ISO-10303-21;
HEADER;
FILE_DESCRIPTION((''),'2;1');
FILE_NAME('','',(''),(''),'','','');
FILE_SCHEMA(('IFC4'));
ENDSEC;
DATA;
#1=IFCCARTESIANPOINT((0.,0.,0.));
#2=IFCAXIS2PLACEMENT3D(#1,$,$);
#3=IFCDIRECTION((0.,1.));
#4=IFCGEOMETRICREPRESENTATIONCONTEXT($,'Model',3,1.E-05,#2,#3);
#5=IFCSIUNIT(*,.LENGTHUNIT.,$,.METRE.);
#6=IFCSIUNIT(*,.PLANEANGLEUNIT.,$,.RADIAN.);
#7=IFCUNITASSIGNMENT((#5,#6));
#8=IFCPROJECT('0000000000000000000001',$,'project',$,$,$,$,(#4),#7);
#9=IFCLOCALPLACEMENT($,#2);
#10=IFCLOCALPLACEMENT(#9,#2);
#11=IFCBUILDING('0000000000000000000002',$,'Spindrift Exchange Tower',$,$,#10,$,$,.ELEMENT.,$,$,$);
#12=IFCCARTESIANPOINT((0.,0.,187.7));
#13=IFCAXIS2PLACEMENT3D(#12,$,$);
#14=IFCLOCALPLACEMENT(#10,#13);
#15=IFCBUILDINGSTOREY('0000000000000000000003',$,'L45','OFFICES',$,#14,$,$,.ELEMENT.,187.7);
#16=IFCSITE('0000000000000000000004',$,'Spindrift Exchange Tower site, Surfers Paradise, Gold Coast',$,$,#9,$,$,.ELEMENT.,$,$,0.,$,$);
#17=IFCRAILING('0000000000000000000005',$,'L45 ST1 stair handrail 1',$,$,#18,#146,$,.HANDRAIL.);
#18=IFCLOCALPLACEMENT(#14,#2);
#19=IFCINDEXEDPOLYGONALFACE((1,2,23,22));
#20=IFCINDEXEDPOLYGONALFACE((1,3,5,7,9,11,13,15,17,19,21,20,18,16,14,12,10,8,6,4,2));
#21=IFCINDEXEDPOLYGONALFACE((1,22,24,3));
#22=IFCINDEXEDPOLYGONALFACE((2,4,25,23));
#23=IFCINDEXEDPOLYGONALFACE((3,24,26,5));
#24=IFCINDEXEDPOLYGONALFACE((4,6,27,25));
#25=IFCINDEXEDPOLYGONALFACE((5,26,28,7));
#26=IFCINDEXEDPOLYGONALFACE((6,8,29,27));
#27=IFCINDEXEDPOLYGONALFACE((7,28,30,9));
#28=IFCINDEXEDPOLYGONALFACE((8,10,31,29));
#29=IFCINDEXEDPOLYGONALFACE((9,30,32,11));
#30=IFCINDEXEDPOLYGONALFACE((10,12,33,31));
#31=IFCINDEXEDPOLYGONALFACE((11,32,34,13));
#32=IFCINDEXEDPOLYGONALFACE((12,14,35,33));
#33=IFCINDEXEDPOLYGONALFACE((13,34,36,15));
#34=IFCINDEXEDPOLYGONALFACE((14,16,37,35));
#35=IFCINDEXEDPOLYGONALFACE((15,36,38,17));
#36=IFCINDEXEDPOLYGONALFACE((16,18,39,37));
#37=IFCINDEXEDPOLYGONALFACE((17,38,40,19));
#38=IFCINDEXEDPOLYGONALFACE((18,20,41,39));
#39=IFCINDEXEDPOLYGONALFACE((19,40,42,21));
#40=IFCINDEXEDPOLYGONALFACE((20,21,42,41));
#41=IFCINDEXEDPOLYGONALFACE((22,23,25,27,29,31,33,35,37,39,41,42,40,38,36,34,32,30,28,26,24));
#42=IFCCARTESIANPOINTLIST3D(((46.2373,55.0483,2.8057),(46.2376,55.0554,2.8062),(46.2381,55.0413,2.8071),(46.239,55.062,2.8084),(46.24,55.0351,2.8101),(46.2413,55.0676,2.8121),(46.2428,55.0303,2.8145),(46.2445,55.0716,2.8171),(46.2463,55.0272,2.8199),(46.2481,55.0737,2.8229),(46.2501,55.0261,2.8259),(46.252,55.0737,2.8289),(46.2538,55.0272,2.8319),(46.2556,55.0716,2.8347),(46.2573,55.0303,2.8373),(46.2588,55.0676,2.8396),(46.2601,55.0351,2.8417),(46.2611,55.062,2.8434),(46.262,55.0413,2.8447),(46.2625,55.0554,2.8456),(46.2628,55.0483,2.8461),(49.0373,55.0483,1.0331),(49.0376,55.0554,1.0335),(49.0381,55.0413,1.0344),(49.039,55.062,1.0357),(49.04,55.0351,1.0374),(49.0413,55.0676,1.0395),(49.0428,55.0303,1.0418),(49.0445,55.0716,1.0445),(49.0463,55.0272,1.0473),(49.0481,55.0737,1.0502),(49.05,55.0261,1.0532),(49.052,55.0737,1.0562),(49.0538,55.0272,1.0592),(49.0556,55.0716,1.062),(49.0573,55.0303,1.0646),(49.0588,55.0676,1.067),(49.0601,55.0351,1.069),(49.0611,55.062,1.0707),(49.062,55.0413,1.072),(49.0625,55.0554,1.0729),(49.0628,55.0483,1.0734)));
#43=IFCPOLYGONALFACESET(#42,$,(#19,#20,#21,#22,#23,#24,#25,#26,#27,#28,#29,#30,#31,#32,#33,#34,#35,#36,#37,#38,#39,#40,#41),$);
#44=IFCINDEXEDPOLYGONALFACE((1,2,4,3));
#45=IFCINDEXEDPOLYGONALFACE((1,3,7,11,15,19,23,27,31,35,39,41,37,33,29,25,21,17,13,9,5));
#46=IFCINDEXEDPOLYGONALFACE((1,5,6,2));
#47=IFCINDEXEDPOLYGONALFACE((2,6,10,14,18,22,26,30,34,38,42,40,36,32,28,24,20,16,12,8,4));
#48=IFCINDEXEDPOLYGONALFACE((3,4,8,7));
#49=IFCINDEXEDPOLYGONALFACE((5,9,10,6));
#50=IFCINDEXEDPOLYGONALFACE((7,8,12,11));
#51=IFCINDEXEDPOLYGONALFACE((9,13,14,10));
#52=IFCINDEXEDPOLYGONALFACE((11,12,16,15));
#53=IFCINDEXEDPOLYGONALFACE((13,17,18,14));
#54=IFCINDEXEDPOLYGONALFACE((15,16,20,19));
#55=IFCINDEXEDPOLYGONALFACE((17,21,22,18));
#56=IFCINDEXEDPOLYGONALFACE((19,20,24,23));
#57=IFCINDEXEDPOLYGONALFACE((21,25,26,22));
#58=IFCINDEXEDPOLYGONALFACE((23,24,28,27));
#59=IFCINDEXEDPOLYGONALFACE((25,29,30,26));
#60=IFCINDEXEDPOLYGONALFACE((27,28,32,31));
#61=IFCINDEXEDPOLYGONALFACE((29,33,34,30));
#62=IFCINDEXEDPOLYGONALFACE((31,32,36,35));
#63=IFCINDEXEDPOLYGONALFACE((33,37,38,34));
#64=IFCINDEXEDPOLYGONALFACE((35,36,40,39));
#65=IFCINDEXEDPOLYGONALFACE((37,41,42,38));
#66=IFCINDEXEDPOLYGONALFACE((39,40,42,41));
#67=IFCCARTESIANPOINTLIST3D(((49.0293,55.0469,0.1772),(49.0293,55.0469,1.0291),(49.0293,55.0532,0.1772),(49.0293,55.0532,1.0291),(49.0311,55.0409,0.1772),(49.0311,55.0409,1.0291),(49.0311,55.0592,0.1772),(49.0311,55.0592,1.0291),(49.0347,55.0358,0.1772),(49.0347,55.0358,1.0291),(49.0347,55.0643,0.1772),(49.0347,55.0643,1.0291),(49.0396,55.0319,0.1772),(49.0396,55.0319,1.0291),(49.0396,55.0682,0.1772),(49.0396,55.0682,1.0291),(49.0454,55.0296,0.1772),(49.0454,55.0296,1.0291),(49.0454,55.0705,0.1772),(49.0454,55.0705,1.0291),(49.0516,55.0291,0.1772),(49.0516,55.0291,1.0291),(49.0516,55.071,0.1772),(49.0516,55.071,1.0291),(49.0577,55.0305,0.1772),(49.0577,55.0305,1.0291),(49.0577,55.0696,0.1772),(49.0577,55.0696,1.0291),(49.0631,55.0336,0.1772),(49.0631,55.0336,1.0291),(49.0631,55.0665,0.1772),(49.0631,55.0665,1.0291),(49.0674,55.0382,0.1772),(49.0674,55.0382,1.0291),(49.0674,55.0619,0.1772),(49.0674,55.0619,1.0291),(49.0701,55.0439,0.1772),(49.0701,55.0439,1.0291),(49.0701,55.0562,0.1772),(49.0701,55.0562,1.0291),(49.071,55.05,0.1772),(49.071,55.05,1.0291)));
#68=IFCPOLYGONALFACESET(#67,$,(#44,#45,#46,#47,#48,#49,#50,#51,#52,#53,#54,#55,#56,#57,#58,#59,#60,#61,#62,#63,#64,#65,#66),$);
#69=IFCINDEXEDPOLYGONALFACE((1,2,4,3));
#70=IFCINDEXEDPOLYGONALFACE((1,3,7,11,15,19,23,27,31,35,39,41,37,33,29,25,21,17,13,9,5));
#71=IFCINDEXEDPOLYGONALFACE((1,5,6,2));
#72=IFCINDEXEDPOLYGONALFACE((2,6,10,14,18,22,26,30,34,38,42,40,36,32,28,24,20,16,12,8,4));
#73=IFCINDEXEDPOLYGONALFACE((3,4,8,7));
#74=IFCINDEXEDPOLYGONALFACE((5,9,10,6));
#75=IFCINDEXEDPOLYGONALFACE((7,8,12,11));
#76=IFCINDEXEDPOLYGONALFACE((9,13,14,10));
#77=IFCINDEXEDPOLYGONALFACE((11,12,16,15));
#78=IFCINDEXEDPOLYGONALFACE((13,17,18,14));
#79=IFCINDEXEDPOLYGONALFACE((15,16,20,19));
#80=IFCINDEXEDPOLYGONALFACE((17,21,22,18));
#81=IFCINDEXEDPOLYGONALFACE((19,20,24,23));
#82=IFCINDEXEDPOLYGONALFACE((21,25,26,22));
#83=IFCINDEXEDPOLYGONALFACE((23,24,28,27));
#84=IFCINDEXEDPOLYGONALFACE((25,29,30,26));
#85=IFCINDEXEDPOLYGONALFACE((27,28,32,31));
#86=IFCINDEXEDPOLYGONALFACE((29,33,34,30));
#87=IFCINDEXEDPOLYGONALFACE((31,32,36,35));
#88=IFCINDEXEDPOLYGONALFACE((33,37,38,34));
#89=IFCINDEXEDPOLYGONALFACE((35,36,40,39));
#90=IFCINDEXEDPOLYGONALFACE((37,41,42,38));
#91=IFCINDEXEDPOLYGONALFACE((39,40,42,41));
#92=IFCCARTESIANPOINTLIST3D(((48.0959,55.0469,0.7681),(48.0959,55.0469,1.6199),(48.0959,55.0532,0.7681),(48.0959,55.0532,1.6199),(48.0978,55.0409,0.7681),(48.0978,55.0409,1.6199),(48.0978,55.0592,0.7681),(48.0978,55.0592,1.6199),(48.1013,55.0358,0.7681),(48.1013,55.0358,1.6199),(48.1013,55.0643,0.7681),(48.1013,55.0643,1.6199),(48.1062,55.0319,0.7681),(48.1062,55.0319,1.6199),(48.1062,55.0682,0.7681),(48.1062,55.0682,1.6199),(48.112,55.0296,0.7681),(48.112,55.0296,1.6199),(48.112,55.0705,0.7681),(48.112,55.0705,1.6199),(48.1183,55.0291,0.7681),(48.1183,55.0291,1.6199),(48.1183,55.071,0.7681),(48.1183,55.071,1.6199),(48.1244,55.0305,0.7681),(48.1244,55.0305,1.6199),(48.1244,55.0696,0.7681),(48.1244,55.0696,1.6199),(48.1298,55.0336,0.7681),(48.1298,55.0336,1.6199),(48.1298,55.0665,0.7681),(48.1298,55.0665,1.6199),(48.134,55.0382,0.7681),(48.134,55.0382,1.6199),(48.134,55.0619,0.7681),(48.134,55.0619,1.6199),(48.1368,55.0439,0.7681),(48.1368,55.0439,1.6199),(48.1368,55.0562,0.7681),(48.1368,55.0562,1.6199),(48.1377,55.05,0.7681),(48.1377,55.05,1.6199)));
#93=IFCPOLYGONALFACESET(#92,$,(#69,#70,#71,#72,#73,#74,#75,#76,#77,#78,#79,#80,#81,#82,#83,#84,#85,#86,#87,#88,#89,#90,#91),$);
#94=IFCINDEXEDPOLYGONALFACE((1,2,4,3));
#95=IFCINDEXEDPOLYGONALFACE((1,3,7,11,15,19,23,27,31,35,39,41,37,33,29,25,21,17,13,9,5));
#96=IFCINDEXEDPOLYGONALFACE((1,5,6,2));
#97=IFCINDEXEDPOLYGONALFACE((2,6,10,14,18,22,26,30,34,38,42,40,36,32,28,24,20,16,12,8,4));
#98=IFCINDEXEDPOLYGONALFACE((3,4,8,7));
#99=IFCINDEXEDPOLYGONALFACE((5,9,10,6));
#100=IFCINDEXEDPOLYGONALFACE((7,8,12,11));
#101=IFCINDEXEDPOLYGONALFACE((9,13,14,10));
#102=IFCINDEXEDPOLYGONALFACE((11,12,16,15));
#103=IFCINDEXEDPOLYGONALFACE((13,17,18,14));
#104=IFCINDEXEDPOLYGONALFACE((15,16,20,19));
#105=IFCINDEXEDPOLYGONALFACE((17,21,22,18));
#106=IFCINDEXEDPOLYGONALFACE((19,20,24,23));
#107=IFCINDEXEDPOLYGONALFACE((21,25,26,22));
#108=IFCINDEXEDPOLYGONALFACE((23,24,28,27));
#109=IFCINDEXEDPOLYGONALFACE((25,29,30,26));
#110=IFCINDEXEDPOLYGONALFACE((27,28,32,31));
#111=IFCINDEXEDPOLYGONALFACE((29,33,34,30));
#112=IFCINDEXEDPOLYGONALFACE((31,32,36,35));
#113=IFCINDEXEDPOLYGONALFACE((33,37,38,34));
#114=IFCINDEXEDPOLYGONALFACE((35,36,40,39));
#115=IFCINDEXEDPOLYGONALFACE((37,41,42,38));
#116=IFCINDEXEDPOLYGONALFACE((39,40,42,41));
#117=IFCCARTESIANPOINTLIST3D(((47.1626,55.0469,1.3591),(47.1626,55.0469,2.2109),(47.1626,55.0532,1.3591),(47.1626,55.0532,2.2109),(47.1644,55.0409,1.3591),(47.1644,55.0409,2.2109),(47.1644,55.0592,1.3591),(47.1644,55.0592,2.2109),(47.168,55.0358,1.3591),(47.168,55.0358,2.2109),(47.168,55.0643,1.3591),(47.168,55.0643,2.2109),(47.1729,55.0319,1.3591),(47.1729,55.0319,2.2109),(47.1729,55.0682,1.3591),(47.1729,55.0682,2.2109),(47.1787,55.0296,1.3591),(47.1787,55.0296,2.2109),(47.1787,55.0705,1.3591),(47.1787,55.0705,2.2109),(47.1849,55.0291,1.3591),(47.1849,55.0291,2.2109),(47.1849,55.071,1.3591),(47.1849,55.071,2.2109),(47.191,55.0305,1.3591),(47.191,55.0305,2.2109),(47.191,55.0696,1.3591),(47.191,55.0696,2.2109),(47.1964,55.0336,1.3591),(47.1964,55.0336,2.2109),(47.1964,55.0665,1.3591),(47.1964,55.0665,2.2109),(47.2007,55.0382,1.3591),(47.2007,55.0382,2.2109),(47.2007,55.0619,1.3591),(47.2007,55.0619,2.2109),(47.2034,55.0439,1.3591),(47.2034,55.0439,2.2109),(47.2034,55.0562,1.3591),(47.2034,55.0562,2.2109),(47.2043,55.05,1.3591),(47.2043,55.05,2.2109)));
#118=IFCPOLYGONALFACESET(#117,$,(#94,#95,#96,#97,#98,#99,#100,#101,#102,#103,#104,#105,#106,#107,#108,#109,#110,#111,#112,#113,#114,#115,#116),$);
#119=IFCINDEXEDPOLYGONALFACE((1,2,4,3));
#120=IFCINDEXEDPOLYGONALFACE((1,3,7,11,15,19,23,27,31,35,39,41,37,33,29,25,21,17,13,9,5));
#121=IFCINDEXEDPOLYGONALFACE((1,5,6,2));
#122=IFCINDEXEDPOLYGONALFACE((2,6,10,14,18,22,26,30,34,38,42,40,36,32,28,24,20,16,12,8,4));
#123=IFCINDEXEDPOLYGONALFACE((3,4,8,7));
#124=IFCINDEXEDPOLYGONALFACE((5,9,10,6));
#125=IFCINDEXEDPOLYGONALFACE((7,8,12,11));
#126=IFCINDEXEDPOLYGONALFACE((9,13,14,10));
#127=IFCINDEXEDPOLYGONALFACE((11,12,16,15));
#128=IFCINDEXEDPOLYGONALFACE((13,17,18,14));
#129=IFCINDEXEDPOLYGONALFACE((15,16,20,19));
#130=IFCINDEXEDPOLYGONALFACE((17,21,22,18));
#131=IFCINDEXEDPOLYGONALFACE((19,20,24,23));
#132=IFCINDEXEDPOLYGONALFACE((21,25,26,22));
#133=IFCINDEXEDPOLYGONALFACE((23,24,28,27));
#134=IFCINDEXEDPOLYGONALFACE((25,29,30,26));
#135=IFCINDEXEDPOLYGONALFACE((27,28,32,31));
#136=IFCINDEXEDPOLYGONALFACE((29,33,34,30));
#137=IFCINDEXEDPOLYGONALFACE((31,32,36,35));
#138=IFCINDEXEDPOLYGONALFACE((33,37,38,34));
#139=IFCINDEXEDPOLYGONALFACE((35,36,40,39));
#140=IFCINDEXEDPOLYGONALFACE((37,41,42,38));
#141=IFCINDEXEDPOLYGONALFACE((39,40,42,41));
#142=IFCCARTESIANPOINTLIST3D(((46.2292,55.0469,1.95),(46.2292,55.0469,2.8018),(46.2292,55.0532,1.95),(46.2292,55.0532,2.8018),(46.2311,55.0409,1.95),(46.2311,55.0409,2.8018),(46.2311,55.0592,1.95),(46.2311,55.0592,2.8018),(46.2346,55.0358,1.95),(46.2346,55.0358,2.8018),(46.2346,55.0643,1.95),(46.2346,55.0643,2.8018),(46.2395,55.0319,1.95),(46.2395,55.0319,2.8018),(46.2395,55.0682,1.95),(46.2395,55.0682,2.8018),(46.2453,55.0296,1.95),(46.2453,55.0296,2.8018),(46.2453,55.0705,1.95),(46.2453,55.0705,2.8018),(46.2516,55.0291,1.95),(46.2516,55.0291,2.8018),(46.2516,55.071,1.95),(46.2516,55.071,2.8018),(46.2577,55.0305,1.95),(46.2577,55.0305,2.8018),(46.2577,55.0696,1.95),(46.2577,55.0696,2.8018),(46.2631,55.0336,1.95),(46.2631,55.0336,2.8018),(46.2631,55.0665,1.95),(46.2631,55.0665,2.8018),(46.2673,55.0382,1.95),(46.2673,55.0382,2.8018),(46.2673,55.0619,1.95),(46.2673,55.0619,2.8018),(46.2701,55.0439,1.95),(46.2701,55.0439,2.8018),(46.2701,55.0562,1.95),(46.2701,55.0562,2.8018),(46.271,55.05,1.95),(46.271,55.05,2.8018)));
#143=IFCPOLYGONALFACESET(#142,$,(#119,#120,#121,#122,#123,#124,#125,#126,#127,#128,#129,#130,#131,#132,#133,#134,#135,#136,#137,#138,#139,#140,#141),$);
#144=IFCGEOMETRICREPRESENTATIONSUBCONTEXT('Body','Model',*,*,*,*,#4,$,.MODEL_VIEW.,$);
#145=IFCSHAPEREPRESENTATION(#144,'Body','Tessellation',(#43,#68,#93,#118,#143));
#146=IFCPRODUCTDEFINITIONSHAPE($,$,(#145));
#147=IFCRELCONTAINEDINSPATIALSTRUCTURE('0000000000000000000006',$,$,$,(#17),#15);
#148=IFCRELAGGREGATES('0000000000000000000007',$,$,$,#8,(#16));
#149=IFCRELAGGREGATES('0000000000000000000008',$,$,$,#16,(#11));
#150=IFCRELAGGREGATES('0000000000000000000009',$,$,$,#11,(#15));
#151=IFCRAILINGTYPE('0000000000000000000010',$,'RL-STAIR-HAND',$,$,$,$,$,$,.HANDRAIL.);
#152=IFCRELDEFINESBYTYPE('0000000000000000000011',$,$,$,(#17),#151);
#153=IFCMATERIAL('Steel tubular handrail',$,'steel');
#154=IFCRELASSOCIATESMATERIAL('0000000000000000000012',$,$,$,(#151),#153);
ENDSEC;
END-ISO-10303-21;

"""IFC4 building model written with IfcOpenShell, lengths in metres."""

from ifc_helpers import new_model, si_unit, direction, frame, origin, origin_2d, place, context, subcontext, project, spatial, circle, extrude, material, type_object, element, save


model = new_model("IFC4")

# Units and contexts
model_context = context("Model", 3, precision=1e-05, world=origin(), true_north=direction((0.0, 1.0)))
body_context = subcontext(model_context, "Body", "Model", "MODEL_VIEW")
ifc_project = project(units=[si_unit("LENGTHUNIT", "METRE"), si_unit("PLANEANGLEUNIT", "RADIAN")], contexts=[model_context])

# Site, building, storey
site_placement = place(None, origin())
site = spatial("IfcSite", under=ifc_project, at=site_placement, Name="Spindrift Exchange Tower site, Surfers Paradise, Gold Coast", CompositionType="ELEMENT", RefElevation=0.0)
building_placement = place(site_placement, origin())
building = spatial("IfcBuilding", under=site, at=building_placement, Name="Spindrift Exchange Tower", CompositionType="ELEMENT")
storey_placement = place(building_placement, frame((0.0, 0.0, 187.7)))
storey = spatial("IfcBuildingStorey", under=building, at=storey_placement, Name="L45", Description="OFFICES", CompositionType="ELEMENT", Elevation=187.7)

# Railing
ifc_material_1 = material(Name="Steel tubular handrail", Category="steel")
railing_type_1 = type_object("IfcRailingType", Name="RL-STAIR-HAND", PredefinedType="HANDRAIL", material=ifc_material_1)
railing_1_placement = place(storey_placement, frame((49.05, 55.05, 0.1772)))
element("IfcRailing", 1, at=railing_1_placement, inside=storey, type_object=railing_type_1, Name="L45 ST1 stair handrail 1", PredefinedType="HANDRAIL", context=body_context, shape_type="SweptSolid", body=[
    extrude(circle(Radius=0.0239, at=origin_2d()), frame((0.0, 0.0, 0.876), z_axis=(-0.844909, 0.0, 0.53491), x_axis=(0.0, -1.0, 0.0)), (0.0, 0.0, 1.0), 3.314),
    extrude(circle(Radius=0.021, at=origin_2d()), origin(), (0.0, 0.0, 1.0), 0.8518),
    extrude(circle(Radius=0.021, at=origin_2d()), frame((-0.9333, 0.0, 0.5908)), (0.0, 0.0, 1.0), 0.8518),
    extrude(circle(Radius=0.021, at=origin_2d()), frame((-1.8667, 0.0, 1.1819)), (0.0, 0.0, 1.0), 0.8518),
    extrude(circle(Radius=0.021, at=origin_2d()), frame((-2.8, 0.0, 1.7727)), (0.0, 0.0, 1.0), 0.8518),
])

save(model, "model.ifc")
